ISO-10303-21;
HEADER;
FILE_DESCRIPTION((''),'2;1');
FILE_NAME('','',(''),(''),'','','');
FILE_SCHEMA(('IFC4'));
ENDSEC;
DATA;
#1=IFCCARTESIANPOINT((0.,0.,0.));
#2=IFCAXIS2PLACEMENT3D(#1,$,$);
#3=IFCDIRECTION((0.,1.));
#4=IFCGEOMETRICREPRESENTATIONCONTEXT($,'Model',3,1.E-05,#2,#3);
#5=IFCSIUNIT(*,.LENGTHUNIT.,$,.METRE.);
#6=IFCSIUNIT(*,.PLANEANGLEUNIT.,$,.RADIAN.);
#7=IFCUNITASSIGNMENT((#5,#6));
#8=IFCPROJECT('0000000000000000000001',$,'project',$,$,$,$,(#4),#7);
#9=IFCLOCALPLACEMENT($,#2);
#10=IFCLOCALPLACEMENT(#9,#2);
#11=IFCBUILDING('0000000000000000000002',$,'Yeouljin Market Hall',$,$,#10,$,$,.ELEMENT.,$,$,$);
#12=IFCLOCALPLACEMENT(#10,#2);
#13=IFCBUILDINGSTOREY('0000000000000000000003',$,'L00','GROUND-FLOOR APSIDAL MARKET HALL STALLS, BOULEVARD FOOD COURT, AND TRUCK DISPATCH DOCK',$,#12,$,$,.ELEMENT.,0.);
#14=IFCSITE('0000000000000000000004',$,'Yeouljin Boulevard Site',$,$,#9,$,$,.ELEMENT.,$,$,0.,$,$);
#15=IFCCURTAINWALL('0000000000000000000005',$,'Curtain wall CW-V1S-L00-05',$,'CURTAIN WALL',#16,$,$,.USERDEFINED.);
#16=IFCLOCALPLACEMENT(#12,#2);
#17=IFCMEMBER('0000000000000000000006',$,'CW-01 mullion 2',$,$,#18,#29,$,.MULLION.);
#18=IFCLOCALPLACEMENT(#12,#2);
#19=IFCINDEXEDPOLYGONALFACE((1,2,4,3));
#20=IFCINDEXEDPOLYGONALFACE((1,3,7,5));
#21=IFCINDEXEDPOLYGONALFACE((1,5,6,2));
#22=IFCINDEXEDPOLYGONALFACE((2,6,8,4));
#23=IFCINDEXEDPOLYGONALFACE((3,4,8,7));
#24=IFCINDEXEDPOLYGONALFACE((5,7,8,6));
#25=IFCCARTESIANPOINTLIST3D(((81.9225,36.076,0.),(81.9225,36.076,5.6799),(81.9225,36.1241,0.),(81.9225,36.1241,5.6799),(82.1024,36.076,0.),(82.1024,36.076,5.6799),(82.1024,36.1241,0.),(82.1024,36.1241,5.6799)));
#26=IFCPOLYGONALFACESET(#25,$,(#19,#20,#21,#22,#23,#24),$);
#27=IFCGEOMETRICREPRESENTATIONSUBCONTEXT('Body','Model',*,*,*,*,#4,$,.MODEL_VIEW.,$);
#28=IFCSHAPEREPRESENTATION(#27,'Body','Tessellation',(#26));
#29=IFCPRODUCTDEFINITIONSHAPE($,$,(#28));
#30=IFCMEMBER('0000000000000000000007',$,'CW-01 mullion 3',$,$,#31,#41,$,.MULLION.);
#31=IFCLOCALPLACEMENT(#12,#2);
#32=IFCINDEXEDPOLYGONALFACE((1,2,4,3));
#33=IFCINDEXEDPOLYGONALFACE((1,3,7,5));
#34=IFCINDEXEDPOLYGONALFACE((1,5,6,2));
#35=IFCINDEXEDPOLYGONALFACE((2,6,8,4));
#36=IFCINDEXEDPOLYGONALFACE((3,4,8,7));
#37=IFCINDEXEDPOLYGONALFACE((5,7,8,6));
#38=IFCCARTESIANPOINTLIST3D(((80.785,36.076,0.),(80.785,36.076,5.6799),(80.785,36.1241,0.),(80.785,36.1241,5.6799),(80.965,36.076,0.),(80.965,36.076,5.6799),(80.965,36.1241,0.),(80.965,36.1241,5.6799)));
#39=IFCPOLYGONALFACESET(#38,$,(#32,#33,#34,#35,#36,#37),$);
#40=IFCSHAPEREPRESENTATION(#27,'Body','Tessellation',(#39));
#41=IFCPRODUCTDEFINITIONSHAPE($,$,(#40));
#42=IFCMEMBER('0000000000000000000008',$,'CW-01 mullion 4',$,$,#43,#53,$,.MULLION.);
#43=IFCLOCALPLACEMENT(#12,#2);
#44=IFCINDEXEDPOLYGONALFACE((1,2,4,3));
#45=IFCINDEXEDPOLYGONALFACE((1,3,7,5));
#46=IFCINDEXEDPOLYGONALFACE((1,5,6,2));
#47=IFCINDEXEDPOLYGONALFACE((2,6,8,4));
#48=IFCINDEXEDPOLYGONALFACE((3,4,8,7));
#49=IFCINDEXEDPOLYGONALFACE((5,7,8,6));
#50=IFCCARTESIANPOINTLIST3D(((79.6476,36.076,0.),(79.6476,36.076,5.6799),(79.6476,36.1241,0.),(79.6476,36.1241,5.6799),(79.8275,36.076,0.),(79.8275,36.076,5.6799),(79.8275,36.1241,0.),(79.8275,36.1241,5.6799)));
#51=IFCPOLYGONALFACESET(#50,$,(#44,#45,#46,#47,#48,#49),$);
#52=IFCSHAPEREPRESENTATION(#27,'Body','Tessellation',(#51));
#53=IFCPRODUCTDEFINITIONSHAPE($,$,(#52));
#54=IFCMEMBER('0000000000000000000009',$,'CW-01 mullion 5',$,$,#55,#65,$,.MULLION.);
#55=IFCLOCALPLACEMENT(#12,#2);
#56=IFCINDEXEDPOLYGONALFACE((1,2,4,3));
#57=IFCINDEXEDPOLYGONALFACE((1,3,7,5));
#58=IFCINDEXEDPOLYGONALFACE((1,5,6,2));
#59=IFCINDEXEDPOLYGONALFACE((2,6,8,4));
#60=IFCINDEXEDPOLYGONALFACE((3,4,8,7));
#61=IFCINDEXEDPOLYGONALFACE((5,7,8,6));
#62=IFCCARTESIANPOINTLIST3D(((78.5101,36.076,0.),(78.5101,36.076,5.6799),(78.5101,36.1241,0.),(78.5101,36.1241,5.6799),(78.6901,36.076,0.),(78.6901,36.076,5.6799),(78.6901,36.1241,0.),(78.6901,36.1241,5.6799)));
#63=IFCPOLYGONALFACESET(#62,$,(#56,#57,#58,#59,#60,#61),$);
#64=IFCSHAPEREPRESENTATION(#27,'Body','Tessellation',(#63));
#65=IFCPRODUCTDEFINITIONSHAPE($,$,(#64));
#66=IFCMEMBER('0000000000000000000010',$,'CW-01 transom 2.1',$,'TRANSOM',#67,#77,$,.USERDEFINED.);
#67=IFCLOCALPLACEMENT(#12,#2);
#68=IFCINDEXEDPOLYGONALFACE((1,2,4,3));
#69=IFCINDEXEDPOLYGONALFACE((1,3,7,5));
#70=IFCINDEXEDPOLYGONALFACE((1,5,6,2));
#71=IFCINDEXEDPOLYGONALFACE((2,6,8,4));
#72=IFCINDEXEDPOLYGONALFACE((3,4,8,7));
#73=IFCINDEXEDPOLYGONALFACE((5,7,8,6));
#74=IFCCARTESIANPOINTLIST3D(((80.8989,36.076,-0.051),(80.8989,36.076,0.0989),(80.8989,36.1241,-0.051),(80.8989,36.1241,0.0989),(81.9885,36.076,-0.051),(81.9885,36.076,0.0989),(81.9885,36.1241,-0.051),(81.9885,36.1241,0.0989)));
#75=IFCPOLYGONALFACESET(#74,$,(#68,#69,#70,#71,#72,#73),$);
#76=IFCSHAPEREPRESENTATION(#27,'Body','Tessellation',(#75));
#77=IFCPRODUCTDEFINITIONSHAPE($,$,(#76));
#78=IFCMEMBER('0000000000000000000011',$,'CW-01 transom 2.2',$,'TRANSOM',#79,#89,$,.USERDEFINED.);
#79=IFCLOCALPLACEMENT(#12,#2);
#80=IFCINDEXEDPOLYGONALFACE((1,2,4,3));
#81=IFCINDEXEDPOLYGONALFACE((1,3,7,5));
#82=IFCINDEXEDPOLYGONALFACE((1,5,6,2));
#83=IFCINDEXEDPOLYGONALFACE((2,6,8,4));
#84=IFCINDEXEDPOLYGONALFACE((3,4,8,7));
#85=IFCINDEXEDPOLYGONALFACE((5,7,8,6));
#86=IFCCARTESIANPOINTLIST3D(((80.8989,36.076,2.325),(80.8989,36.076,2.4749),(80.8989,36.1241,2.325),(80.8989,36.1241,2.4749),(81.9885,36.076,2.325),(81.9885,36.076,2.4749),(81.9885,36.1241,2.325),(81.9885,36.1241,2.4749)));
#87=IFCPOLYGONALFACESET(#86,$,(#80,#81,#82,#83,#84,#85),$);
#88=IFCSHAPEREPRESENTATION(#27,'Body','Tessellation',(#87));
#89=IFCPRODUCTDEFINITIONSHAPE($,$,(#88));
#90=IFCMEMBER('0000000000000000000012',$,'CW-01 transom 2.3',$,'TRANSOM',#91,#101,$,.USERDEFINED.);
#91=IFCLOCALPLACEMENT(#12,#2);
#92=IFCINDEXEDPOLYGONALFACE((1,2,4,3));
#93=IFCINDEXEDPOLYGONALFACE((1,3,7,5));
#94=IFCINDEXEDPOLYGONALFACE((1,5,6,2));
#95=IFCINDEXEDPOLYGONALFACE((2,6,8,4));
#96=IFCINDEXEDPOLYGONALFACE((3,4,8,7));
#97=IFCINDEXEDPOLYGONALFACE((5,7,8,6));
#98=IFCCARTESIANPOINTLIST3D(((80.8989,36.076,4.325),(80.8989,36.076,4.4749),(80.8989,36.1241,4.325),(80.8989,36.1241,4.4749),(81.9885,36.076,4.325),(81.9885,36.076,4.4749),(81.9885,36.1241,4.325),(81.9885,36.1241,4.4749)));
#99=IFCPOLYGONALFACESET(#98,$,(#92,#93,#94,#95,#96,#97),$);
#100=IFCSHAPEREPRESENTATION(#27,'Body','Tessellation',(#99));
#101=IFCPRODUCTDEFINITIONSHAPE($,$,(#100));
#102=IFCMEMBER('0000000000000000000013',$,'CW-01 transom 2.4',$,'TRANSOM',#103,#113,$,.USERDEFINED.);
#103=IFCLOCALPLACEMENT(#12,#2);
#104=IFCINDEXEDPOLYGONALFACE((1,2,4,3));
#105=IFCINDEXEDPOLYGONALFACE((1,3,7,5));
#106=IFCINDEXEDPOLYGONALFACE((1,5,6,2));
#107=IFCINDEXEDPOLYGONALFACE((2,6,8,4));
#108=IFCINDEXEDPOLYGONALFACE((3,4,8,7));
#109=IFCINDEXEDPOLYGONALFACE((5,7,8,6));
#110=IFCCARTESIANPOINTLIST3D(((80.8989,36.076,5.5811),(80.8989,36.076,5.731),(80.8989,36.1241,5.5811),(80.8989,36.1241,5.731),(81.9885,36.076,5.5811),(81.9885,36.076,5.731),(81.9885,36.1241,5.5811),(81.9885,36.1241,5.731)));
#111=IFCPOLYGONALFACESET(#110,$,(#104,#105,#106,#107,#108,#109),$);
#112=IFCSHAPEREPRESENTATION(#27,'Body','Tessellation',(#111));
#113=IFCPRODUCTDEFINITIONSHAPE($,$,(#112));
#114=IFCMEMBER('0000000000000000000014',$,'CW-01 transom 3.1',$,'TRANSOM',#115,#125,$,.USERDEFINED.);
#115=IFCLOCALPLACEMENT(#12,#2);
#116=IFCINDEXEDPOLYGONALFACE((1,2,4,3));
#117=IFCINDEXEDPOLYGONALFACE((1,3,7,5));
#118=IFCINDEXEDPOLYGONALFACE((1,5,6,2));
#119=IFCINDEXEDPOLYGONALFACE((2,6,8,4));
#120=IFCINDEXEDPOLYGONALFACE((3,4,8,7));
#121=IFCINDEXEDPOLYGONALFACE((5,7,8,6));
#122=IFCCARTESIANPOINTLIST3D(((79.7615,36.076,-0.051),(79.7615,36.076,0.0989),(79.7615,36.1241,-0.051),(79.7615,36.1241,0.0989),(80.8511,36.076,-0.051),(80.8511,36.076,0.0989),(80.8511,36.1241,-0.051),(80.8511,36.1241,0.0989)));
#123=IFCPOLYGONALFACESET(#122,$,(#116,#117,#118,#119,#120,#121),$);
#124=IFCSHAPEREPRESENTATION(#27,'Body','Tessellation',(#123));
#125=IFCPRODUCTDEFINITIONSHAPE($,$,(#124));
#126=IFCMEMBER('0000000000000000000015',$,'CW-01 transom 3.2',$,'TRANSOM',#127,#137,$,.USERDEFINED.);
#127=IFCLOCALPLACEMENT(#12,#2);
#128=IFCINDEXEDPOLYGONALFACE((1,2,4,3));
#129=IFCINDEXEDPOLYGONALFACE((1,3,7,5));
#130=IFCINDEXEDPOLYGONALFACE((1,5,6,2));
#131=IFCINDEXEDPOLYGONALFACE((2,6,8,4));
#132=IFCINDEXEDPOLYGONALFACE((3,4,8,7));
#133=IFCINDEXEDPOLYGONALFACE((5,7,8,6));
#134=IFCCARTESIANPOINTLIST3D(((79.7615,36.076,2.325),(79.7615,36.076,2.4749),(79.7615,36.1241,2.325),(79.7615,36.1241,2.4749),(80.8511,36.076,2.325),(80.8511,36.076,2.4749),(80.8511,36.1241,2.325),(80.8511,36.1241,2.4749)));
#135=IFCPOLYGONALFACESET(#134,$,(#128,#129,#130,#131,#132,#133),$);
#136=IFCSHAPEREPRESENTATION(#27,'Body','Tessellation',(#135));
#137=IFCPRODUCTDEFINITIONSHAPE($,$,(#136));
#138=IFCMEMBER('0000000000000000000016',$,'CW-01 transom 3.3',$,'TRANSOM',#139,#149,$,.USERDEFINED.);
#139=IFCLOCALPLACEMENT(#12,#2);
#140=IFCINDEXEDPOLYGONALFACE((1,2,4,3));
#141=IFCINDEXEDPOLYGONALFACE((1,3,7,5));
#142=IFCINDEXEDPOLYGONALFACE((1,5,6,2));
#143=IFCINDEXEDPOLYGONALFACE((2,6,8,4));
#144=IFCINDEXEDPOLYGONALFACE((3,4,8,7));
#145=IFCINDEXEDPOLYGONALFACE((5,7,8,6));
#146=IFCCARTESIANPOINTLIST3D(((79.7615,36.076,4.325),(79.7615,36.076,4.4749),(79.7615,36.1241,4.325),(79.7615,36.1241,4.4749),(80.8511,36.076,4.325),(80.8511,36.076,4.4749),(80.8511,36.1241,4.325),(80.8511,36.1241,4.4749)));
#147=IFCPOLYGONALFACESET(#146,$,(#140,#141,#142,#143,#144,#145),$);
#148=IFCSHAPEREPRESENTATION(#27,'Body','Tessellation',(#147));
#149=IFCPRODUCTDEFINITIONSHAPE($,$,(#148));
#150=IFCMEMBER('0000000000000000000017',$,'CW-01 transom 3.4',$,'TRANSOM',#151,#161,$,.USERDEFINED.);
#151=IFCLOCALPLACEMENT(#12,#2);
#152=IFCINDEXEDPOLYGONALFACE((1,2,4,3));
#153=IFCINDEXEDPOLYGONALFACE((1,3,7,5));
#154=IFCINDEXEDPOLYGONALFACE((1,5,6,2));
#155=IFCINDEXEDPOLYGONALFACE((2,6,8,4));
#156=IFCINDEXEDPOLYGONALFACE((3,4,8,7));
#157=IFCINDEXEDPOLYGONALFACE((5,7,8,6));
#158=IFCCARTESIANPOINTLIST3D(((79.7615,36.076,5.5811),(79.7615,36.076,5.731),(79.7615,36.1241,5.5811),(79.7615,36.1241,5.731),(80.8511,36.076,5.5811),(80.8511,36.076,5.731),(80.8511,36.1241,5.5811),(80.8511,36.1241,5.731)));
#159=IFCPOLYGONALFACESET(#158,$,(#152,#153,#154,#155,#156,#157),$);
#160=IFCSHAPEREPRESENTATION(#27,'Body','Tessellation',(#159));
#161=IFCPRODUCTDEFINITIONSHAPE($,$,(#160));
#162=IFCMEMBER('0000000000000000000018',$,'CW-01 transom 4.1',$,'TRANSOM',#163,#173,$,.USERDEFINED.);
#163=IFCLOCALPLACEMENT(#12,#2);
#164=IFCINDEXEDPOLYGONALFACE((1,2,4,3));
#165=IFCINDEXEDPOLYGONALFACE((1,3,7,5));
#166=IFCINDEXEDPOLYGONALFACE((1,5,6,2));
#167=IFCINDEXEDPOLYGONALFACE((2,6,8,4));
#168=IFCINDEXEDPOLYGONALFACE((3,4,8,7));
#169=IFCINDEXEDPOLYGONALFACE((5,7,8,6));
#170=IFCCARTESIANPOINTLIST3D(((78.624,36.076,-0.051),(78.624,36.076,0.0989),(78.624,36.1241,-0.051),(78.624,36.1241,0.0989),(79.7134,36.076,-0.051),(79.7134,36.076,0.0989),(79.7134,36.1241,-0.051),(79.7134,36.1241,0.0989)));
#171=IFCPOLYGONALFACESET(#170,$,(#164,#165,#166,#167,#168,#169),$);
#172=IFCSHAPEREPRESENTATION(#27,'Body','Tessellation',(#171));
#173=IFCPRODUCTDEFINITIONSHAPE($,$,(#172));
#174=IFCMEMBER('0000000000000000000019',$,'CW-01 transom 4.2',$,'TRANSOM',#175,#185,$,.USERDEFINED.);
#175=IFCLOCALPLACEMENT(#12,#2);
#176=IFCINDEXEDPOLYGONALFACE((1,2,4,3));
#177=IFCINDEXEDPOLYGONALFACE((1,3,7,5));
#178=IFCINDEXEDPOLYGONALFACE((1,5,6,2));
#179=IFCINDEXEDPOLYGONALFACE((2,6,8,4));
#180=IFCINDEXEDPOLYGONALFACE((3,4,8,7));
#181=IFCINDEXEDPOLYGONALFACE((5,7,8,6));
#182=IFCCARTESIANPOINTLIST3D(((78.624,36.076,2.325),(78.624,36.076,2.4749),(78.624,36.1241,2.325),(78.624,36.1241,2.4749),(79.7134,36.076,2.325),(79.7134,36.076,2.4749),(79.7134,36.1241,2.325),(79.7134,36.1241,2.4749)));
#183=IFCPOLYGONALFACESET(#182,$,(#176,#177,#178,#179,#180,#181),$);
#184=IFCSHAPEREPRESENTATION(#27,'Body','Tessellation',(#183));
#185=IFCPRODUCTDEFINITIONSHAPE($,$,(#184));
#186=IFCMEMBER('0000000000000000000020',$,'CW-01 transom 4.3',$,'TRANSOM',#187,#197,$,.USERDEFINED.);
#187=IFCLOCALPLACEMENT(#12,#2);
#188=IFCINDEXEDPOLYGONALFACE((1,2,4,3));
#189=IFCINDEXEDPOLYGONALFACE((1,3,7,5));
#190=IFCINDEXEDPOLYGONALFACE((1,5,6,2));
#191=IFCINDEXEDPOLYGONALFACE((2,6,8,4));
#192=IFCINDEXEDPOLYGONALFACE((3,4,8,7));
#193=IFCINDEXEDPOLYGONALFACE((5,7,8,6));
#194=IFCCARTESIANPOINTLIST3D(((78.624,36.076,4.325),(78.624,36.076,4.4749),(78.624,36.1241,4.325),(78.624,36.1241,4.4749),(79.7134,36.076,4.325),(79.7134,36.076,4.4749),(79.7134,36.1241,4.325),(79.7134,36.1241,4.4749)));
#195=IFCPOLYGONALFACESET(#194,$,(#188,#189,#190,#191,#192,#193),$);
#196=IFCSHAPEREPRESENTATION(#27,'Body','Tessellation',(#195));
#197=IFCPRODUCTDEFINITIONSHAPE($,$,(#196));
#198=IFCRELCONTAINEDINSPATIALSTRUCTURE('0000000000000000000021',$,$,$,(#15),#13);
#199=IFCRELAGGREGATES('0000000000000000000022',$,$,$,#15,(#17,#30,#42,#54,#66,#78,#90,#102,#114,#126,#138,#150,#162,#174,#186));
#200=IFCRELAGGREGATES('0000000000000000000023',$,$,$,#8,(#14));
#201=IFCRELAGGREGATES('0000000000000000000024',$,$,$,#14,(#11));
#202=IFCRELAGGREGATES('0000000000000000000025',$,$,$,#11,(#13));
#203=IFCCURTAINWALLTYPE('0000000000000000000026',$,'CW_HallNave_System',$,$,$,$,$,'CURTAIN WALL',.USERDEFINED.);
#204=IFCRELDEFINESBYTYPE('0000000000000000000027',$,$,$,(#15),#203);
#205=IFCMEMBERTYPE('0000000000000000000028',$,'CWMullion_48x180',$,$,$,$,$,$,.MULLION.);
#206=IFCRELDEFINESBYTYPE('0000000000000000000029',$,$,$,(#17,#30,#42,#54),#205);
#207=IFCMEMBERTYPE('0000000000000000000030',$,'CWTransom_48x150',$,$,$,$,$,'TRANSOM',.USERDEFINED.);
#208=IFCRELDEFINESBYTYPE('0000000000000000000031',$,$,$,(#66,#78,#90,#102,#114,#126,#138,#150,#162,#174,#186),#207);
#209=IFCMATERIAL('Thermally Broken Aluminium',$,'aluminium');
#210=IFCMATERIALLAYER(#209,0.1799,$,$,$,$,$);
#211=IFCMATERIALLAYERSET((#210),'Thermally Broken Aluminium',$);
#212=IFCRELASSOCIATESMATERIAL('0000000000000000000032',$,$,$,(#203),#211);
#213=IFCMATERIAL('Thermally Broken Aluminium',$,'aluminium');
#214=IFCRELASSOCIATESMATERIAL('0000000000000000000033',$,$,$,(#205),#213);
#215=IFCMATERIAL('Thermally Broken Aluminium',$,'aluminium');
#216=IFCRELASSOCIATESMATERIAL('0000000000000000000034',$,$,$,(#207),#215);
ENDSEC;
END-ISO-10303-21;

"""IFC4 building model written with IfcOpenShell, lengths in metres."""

from ifc_helpers import new_model, si_unit, direction, frame, origin, origin_2d, place, context, subcontext, project, spatial, rectangle, extrude, material, layer, layer_set, material_profile, profile_set, type_object, element, aggregate, save


model = new_model("IFC4")

# Units and contexts
model_context = context("Model", 3, precision=1e-05, world=origin(), true_north=direction((0.0, 1.0)))
body_context = subcontext(model_context, "Body", "Model", "MODEL_VIEW")
ifc_project = project(units=[si_unit("LENGTHUNIT", "METRE"), si_unit("PLANEANGLEUNIT", "RADIAN")], contexts=[model_context])

# Site, building, storey
site_placement = place(None, origin())
site = spatial("IfcSite", under=ifc_project, at=site_placement, Name="Yeouljin Boulevard Site", CompositionType="ELEMENT", RefElevation=0.0)
building_placement = place(site_placement, origin())
building = spatial("IfcBuilding", under=site, at=building_placement, Name="Yeouljin Market Hall", CompositionType="ELEMENT")
storey_placement = place(building_placement, origin())
storey = spatial("IfcBuildingStorey", under=building, at=storey_placement, Name="L00", Description="GROUND-FLOOR APSIDAL MARKET HALL STALLS, BOULEVARD FOOD COURT, AND TRUCK DISPATCH DOCK", CompositionType="ELEMENT", Elevation=0.0)

# Curtain wall, members
ifc_material_1 = material(Name="Thermally Broken Aluminium", Category="aluminium")
ifc_layer_1 = layer(ifc_material_1, 0.1799)
ifc_layer_set_1 = layer_set([ifc_layer_1], Name="Thermally Broken Aluminium")
curtain_wall_type = type_object("IfcCurtainWallType", Name="CW_HallNave_System", ElementType="CURTAIN WALL", PredefinedType="USERDEFINED", material=ifc_layer_set_1)
curtain_wall_placement = place(storey_placement, origin())
curtain_wall = element("IfcCurtainWall", 1, at=curtain_wall_placement, inside=storey, type_object=curtain_wall_type, Name="Curtain wall CW-V1S-L00-05", ObjectType="CURTAIN WALL", PredefinedType="USERDEFINED")
ifc_material_2 = material(Name="Thermally Broken Aluminium", Category="aluminium")
ifc_material_profile_1 = material_profile(ifc_material_2, rectangle(XDim=0.0481, YDim=0.1799, at=origin_2d()), Name="CW-MULL-48x180")
ifc_profile_set_1 = profile_set([ifc_material_profile_1], Name="Thermally Broken Aluminium")
member_type_1 = type_object("IfcMemberType", Name="CWMullion_48x180", PredefinedType="MULLION", material=ifc_profile_set_1)
member_1_placement = place(storey_placement, frame((82.0125, 36.1001, 0.0), z_axis=(0.0, 0.0, 1.0), x_axis=(0.0, -1.0, 0.0)))
member_1 = element("IfcMember", 2, at=member_1_placement, type_object=member_type_1, Name="CW-01 mullion 2", PredefinedType="MULLION", context=body_context, shape_type="SweptSolid", body=[
    extrude(rectangle(XDim=0.0481, YDim=0.1799, at=origin_2d()), origin(), (0.0, 0.0, 1.0), 5.6799),
])
member_2_placement = place(storey_placement, frame((80.875, 36.1001, 0.0), z_axis=(0.0, 0.0, 1.0), x_axis=(0.0, -1.0, 0.0)))
member_2 = element("IfcMember", 3, at=member_2_placement, type_object=member_type_1, Name="CW-01 mullion 3", PredefinedType="MULLION", context=body_context, shape_type="SweptSolid", body=[
    extrude(rectangle(XDim=0.0481, YDim=0.1799, at=origin_2d()), origin(), (0.0, 0.0, 1.0), 5.6799),
])
member_3_placement = place(storey_placement, frame((79.7375, 36.1001, 0.0), z_axis=(0.0, 0.0, 1.0), x_axis=(0.0, -1.0, 0.0)))
member_3 = element("IfcMember", 4, at=member_3_placement, type_object=member_type_1, Name="CW-01 mullion 4", PredefinedType="MULLION", context=body_context, shape_type="SweptSolid", body=[
    extrude(rectangle(XDim=0.0481, YDim=0.1799, at=origin_2d()), origin(), (0.0, 0.0, 1.0), 5.6799),
])
member_4_placement = place(storey_placement, frame((78.6001, 36.1001, 0.0), z_axis=(0.0, 0.0, 1.0), x_axis=(0.0, -1.0, 0.0)))
member_4 = element("IfcMember", 5, at=member_4_placement, type_object=member_type_1, Name="CW-01 mullion 5", PredefinedType="MULLION", context=body_context, shape_type="SweptSolid", body=[
    extrude(rectangle(XDim=0.0481, YDim=0.1799, at=origin_2d()), origin(), (0.0, 0.0, 1.0), 5.6799),
])
ifc_material_3 = material(Name="Thermally Broken Aluminium", Category="aluminium")
ifc_material_profile_2 = material_profile(ifc_material_3, rectangle(XDim=0.0481, YDim=0.1499, at=origin_2d()), Name="CW-TRAN-48x150")
ifc_profile_set_2 = profile_set([ifc_material_profile_2], Name="Thermally Broken Aluminium")
member_type_2 = type_object("IfcMemberType", Name="CWTransom_48x150", ElementType="TRANSOM", PredefinedType="USERDEFINED", material=ifc_profile_set_2)
member_5_placement = place(storey_placement, frame((81.9885, 36.1001, 0.0239), z_axis=(-1.0, 0.0, 0.0), x_axis=(0.0, -1.0, 0.0)))
member_5 = element("IfcMember", 6, at=member_5_placement, type_object=member_type_2, Name="CW-01 transom 2.1", ObjectType="TRANSOM", PredefinedType="USERDEFINED", context=body_context, shape_type="SweptSolid", body=[
    extrude(rectangle(XDim=0.0481, YDim=0.1499, at=origin_2d()), origin(), (0.0, 0.0, 1.0), 1.0896),
])
member_6_placement = place(storey_placement, frame((81.9885, 36.1001, 2.3999), z_axis=(-1.0, 0.0, 0.0), x_axis=(0.0, -1.0, 0.0)))
member_6 = element("IfcMember", 7, at=member_6_placement, type_object=member_type_2, Name="CW-01 transom 2.2", ObjectType="TRANSOM", PredefinedType="USERDEFINED", context=body_context, shape_type="SweptSolid", body=[
    extrude(rectangle(XDim=0.0481, YDim=0.1499, at=origin_2d()), origin(), (0.0, 0.0, 1.0), 1.0896),
])
member_7_placement = place(storey_placement, frame((81.9885, 36.1001, 4.3999), z_axis=(-1.0, 0.0, 0.0), x_axis=(0.0, -1.0, 0.0)))
member_7 = element("IfcMember", 8, at=member_7_placement, type_object=member_type_2, Name="CW-01 transom 2.3", ObjectType="TRANSOM", PredefinedType="USERDEFINED", context=body_context, shape_type="SweptSolid", body=[
    extrude(rectangle(XDim=0.0481, YDim=0.1499, at=origin_2d()), origin(), (0.0, 0.0, 1.0), 1.0896),
])
member_8_placement = place(storey_placement, frame((81.9885, 36.1001, 5.656), z_axis=(-1.0, 0.0, 0.0), x_axis=(0.0, -1.0, 0.0)))
member_8 = element("IfcMember", 9, at=member_8_placement, type_object=member_type_2, Name="CW-01 transom 2.4", ObjectType="TRANSOM", PredefinedType="USERDEFINED", context=body_context, shape_type="SweptSolid", body=[
    extrude(rectangle(XDim=0.0481, YDim=0.1499, at=origin_2d()), origin(), (0.0, 0.0, 1.0), 1.0896),
])
member_9_placement = place(storey_placement, frame((80.8511, 36.1001, 0.0239), z_axis=(-1.0, 0.0, 0.0), x_axis=(0.0, -1.0, 0.0)))
member_9 = element("IfcMember", 10, at=member_9_placement, type_object=member_type_2, Name="CW-01 transom 3.1", ObjectType="TRANSOM", PredefinedType="USERDEFINED", context=body_context, shape_type="SweptSolid", body=[
    extrude(rectangle(XDim=0.0481, YDim=0.1499, at=origin_2d()), origin(), (0.0, 0.0, 1.0), 1.0896),
])
member_10_placement = place(storey_placement, frame((80.8511, 36.1001, 2.3999), z_axis=(-1.0, 0.0, 0.0), x_axis=(0.0, -1.0, 0.0)))
member_10 = element("IfcMember", 11, at=member_10_placement, type_object=member_type_2, Name="CW-01 transom 3.2", ObjectType="TRANSOM", PredefinedType="USERDEFINED", context=body_context, shape_type="SweptSolid", body=[
    extrude(rectangle(XDim=0.0481, YDim=0.1499, at=origin_2d()), origin(), (0.0, 0.0, 1.0), 1.0896),
])
member_11_placement = place(storey_placement, frame((80.8511, 36.1001, 4.3999), z_axis=(-1.0, 0.0, 0.0), x_axis=(0.0, -1.0, 0.0)))
member_11 = element("IfcMember", 12, at=member_11_placement, type_object=member_type_2, Name="CW-01 transom 3.3", ObjectType="TRANSOM", PredefinedType="USERDEFINED", context=body_context, shape_type="SweptSolid", body=[
    extrude(rectangle(XDim=0.0481, YDim=0.1499, at=origin_2d()), origin(), (0.0, 0.0, 1.0), 1.0896),
])
member_12_placement = place(storey_placement, frame((80.8511, 36.1001, 5.656), z_axis=(-1.0, 0.0, 0.0), x_axis=(0.0, -1.0, 0.0)))
member_12 = element("IfcMember", 13, at=member_12_placement, type_object=member_type_2, Name="CW-01 transom 3.4", ObjectType="TRANSOM", PredefinedType="USERDEFINED", context=body_context, shape_type="SweptSolid", body=[
    extrude(rectangle(XDim=0.0481, YDim=0.1499, at=origin_2d()), origin(), (0.0, 0.0, 1.0), 1.0896),
])
member_13_placement = place(storey_placement, frame((79.7134, 36.1001, 0.0239), z_axis=(-1.0, 0.0, 0.0), x_axis=(0.0, -1.0, 0.0)))
member_13 = element("IfcMember", 14, at=member_13_placement, type_object=member_type_2, Name="CW-01 transom 4.1", ObjectType="TRANSOM", PredefinedType="USERDEFINED", context=body_context, shape_type="SweptSolid", body=[
    extrude(rectangle(XDim=0.0481, YDim=0.1499, at=origin_2d()), origin(), (0.0, 0.0, 1.0), 1.0894),
])
member_14_placement = place(storey_placement, frame((79.7134, 36.1001, 2.3999), z_axis=(-1.0, 0.0, 0.0), x_axis=(0.0, -1.0, 0.0)))
member_14 = element("IfcMember", 15, at=member_14_placement, type_object=member_type_2, Name="CW-01 transom 4.2", ObjectType="TRANSOM", PredefinedType="USERDEFINED", context=body_context, shape_type="SweptSolid", body=[
    extrude(rectangle(XDim=0.0481, YDim=0.1499, at=origin_2d()), origin(), (0.0, 0.0, 1.0), 1.0894),
])
member_15_placement = place(storey_placement, frame((79.7134, 36.1001, 4.3999), z_axis=(-1.0, 0.0, 0.0), x_axis=(0.0, -1.0, 0.0)))
member_15 = element("IfcMember", 16, at=member_15_placement, type_object=member_type_2, Name="CW-01 transom 4.3", ObjectType="TRANSOM", PredefinedType="USERDEFINED", context=body_context, shape_type="SweptSolid", body=[
    extrude(rectangle(XDim=0.0481, YDim=0.1499, at=origin_2d()), origin(), (0.0, 0.0, 1.0), 1.0894),
])
aggregate(curtain_wall, [member_1, member_2, member_3, member_4, member_5, member_6, member_7, member_8, member_9, member_10, member_11, member_12, member_13, member_14, member_15])

save(model, "model.ifc")
